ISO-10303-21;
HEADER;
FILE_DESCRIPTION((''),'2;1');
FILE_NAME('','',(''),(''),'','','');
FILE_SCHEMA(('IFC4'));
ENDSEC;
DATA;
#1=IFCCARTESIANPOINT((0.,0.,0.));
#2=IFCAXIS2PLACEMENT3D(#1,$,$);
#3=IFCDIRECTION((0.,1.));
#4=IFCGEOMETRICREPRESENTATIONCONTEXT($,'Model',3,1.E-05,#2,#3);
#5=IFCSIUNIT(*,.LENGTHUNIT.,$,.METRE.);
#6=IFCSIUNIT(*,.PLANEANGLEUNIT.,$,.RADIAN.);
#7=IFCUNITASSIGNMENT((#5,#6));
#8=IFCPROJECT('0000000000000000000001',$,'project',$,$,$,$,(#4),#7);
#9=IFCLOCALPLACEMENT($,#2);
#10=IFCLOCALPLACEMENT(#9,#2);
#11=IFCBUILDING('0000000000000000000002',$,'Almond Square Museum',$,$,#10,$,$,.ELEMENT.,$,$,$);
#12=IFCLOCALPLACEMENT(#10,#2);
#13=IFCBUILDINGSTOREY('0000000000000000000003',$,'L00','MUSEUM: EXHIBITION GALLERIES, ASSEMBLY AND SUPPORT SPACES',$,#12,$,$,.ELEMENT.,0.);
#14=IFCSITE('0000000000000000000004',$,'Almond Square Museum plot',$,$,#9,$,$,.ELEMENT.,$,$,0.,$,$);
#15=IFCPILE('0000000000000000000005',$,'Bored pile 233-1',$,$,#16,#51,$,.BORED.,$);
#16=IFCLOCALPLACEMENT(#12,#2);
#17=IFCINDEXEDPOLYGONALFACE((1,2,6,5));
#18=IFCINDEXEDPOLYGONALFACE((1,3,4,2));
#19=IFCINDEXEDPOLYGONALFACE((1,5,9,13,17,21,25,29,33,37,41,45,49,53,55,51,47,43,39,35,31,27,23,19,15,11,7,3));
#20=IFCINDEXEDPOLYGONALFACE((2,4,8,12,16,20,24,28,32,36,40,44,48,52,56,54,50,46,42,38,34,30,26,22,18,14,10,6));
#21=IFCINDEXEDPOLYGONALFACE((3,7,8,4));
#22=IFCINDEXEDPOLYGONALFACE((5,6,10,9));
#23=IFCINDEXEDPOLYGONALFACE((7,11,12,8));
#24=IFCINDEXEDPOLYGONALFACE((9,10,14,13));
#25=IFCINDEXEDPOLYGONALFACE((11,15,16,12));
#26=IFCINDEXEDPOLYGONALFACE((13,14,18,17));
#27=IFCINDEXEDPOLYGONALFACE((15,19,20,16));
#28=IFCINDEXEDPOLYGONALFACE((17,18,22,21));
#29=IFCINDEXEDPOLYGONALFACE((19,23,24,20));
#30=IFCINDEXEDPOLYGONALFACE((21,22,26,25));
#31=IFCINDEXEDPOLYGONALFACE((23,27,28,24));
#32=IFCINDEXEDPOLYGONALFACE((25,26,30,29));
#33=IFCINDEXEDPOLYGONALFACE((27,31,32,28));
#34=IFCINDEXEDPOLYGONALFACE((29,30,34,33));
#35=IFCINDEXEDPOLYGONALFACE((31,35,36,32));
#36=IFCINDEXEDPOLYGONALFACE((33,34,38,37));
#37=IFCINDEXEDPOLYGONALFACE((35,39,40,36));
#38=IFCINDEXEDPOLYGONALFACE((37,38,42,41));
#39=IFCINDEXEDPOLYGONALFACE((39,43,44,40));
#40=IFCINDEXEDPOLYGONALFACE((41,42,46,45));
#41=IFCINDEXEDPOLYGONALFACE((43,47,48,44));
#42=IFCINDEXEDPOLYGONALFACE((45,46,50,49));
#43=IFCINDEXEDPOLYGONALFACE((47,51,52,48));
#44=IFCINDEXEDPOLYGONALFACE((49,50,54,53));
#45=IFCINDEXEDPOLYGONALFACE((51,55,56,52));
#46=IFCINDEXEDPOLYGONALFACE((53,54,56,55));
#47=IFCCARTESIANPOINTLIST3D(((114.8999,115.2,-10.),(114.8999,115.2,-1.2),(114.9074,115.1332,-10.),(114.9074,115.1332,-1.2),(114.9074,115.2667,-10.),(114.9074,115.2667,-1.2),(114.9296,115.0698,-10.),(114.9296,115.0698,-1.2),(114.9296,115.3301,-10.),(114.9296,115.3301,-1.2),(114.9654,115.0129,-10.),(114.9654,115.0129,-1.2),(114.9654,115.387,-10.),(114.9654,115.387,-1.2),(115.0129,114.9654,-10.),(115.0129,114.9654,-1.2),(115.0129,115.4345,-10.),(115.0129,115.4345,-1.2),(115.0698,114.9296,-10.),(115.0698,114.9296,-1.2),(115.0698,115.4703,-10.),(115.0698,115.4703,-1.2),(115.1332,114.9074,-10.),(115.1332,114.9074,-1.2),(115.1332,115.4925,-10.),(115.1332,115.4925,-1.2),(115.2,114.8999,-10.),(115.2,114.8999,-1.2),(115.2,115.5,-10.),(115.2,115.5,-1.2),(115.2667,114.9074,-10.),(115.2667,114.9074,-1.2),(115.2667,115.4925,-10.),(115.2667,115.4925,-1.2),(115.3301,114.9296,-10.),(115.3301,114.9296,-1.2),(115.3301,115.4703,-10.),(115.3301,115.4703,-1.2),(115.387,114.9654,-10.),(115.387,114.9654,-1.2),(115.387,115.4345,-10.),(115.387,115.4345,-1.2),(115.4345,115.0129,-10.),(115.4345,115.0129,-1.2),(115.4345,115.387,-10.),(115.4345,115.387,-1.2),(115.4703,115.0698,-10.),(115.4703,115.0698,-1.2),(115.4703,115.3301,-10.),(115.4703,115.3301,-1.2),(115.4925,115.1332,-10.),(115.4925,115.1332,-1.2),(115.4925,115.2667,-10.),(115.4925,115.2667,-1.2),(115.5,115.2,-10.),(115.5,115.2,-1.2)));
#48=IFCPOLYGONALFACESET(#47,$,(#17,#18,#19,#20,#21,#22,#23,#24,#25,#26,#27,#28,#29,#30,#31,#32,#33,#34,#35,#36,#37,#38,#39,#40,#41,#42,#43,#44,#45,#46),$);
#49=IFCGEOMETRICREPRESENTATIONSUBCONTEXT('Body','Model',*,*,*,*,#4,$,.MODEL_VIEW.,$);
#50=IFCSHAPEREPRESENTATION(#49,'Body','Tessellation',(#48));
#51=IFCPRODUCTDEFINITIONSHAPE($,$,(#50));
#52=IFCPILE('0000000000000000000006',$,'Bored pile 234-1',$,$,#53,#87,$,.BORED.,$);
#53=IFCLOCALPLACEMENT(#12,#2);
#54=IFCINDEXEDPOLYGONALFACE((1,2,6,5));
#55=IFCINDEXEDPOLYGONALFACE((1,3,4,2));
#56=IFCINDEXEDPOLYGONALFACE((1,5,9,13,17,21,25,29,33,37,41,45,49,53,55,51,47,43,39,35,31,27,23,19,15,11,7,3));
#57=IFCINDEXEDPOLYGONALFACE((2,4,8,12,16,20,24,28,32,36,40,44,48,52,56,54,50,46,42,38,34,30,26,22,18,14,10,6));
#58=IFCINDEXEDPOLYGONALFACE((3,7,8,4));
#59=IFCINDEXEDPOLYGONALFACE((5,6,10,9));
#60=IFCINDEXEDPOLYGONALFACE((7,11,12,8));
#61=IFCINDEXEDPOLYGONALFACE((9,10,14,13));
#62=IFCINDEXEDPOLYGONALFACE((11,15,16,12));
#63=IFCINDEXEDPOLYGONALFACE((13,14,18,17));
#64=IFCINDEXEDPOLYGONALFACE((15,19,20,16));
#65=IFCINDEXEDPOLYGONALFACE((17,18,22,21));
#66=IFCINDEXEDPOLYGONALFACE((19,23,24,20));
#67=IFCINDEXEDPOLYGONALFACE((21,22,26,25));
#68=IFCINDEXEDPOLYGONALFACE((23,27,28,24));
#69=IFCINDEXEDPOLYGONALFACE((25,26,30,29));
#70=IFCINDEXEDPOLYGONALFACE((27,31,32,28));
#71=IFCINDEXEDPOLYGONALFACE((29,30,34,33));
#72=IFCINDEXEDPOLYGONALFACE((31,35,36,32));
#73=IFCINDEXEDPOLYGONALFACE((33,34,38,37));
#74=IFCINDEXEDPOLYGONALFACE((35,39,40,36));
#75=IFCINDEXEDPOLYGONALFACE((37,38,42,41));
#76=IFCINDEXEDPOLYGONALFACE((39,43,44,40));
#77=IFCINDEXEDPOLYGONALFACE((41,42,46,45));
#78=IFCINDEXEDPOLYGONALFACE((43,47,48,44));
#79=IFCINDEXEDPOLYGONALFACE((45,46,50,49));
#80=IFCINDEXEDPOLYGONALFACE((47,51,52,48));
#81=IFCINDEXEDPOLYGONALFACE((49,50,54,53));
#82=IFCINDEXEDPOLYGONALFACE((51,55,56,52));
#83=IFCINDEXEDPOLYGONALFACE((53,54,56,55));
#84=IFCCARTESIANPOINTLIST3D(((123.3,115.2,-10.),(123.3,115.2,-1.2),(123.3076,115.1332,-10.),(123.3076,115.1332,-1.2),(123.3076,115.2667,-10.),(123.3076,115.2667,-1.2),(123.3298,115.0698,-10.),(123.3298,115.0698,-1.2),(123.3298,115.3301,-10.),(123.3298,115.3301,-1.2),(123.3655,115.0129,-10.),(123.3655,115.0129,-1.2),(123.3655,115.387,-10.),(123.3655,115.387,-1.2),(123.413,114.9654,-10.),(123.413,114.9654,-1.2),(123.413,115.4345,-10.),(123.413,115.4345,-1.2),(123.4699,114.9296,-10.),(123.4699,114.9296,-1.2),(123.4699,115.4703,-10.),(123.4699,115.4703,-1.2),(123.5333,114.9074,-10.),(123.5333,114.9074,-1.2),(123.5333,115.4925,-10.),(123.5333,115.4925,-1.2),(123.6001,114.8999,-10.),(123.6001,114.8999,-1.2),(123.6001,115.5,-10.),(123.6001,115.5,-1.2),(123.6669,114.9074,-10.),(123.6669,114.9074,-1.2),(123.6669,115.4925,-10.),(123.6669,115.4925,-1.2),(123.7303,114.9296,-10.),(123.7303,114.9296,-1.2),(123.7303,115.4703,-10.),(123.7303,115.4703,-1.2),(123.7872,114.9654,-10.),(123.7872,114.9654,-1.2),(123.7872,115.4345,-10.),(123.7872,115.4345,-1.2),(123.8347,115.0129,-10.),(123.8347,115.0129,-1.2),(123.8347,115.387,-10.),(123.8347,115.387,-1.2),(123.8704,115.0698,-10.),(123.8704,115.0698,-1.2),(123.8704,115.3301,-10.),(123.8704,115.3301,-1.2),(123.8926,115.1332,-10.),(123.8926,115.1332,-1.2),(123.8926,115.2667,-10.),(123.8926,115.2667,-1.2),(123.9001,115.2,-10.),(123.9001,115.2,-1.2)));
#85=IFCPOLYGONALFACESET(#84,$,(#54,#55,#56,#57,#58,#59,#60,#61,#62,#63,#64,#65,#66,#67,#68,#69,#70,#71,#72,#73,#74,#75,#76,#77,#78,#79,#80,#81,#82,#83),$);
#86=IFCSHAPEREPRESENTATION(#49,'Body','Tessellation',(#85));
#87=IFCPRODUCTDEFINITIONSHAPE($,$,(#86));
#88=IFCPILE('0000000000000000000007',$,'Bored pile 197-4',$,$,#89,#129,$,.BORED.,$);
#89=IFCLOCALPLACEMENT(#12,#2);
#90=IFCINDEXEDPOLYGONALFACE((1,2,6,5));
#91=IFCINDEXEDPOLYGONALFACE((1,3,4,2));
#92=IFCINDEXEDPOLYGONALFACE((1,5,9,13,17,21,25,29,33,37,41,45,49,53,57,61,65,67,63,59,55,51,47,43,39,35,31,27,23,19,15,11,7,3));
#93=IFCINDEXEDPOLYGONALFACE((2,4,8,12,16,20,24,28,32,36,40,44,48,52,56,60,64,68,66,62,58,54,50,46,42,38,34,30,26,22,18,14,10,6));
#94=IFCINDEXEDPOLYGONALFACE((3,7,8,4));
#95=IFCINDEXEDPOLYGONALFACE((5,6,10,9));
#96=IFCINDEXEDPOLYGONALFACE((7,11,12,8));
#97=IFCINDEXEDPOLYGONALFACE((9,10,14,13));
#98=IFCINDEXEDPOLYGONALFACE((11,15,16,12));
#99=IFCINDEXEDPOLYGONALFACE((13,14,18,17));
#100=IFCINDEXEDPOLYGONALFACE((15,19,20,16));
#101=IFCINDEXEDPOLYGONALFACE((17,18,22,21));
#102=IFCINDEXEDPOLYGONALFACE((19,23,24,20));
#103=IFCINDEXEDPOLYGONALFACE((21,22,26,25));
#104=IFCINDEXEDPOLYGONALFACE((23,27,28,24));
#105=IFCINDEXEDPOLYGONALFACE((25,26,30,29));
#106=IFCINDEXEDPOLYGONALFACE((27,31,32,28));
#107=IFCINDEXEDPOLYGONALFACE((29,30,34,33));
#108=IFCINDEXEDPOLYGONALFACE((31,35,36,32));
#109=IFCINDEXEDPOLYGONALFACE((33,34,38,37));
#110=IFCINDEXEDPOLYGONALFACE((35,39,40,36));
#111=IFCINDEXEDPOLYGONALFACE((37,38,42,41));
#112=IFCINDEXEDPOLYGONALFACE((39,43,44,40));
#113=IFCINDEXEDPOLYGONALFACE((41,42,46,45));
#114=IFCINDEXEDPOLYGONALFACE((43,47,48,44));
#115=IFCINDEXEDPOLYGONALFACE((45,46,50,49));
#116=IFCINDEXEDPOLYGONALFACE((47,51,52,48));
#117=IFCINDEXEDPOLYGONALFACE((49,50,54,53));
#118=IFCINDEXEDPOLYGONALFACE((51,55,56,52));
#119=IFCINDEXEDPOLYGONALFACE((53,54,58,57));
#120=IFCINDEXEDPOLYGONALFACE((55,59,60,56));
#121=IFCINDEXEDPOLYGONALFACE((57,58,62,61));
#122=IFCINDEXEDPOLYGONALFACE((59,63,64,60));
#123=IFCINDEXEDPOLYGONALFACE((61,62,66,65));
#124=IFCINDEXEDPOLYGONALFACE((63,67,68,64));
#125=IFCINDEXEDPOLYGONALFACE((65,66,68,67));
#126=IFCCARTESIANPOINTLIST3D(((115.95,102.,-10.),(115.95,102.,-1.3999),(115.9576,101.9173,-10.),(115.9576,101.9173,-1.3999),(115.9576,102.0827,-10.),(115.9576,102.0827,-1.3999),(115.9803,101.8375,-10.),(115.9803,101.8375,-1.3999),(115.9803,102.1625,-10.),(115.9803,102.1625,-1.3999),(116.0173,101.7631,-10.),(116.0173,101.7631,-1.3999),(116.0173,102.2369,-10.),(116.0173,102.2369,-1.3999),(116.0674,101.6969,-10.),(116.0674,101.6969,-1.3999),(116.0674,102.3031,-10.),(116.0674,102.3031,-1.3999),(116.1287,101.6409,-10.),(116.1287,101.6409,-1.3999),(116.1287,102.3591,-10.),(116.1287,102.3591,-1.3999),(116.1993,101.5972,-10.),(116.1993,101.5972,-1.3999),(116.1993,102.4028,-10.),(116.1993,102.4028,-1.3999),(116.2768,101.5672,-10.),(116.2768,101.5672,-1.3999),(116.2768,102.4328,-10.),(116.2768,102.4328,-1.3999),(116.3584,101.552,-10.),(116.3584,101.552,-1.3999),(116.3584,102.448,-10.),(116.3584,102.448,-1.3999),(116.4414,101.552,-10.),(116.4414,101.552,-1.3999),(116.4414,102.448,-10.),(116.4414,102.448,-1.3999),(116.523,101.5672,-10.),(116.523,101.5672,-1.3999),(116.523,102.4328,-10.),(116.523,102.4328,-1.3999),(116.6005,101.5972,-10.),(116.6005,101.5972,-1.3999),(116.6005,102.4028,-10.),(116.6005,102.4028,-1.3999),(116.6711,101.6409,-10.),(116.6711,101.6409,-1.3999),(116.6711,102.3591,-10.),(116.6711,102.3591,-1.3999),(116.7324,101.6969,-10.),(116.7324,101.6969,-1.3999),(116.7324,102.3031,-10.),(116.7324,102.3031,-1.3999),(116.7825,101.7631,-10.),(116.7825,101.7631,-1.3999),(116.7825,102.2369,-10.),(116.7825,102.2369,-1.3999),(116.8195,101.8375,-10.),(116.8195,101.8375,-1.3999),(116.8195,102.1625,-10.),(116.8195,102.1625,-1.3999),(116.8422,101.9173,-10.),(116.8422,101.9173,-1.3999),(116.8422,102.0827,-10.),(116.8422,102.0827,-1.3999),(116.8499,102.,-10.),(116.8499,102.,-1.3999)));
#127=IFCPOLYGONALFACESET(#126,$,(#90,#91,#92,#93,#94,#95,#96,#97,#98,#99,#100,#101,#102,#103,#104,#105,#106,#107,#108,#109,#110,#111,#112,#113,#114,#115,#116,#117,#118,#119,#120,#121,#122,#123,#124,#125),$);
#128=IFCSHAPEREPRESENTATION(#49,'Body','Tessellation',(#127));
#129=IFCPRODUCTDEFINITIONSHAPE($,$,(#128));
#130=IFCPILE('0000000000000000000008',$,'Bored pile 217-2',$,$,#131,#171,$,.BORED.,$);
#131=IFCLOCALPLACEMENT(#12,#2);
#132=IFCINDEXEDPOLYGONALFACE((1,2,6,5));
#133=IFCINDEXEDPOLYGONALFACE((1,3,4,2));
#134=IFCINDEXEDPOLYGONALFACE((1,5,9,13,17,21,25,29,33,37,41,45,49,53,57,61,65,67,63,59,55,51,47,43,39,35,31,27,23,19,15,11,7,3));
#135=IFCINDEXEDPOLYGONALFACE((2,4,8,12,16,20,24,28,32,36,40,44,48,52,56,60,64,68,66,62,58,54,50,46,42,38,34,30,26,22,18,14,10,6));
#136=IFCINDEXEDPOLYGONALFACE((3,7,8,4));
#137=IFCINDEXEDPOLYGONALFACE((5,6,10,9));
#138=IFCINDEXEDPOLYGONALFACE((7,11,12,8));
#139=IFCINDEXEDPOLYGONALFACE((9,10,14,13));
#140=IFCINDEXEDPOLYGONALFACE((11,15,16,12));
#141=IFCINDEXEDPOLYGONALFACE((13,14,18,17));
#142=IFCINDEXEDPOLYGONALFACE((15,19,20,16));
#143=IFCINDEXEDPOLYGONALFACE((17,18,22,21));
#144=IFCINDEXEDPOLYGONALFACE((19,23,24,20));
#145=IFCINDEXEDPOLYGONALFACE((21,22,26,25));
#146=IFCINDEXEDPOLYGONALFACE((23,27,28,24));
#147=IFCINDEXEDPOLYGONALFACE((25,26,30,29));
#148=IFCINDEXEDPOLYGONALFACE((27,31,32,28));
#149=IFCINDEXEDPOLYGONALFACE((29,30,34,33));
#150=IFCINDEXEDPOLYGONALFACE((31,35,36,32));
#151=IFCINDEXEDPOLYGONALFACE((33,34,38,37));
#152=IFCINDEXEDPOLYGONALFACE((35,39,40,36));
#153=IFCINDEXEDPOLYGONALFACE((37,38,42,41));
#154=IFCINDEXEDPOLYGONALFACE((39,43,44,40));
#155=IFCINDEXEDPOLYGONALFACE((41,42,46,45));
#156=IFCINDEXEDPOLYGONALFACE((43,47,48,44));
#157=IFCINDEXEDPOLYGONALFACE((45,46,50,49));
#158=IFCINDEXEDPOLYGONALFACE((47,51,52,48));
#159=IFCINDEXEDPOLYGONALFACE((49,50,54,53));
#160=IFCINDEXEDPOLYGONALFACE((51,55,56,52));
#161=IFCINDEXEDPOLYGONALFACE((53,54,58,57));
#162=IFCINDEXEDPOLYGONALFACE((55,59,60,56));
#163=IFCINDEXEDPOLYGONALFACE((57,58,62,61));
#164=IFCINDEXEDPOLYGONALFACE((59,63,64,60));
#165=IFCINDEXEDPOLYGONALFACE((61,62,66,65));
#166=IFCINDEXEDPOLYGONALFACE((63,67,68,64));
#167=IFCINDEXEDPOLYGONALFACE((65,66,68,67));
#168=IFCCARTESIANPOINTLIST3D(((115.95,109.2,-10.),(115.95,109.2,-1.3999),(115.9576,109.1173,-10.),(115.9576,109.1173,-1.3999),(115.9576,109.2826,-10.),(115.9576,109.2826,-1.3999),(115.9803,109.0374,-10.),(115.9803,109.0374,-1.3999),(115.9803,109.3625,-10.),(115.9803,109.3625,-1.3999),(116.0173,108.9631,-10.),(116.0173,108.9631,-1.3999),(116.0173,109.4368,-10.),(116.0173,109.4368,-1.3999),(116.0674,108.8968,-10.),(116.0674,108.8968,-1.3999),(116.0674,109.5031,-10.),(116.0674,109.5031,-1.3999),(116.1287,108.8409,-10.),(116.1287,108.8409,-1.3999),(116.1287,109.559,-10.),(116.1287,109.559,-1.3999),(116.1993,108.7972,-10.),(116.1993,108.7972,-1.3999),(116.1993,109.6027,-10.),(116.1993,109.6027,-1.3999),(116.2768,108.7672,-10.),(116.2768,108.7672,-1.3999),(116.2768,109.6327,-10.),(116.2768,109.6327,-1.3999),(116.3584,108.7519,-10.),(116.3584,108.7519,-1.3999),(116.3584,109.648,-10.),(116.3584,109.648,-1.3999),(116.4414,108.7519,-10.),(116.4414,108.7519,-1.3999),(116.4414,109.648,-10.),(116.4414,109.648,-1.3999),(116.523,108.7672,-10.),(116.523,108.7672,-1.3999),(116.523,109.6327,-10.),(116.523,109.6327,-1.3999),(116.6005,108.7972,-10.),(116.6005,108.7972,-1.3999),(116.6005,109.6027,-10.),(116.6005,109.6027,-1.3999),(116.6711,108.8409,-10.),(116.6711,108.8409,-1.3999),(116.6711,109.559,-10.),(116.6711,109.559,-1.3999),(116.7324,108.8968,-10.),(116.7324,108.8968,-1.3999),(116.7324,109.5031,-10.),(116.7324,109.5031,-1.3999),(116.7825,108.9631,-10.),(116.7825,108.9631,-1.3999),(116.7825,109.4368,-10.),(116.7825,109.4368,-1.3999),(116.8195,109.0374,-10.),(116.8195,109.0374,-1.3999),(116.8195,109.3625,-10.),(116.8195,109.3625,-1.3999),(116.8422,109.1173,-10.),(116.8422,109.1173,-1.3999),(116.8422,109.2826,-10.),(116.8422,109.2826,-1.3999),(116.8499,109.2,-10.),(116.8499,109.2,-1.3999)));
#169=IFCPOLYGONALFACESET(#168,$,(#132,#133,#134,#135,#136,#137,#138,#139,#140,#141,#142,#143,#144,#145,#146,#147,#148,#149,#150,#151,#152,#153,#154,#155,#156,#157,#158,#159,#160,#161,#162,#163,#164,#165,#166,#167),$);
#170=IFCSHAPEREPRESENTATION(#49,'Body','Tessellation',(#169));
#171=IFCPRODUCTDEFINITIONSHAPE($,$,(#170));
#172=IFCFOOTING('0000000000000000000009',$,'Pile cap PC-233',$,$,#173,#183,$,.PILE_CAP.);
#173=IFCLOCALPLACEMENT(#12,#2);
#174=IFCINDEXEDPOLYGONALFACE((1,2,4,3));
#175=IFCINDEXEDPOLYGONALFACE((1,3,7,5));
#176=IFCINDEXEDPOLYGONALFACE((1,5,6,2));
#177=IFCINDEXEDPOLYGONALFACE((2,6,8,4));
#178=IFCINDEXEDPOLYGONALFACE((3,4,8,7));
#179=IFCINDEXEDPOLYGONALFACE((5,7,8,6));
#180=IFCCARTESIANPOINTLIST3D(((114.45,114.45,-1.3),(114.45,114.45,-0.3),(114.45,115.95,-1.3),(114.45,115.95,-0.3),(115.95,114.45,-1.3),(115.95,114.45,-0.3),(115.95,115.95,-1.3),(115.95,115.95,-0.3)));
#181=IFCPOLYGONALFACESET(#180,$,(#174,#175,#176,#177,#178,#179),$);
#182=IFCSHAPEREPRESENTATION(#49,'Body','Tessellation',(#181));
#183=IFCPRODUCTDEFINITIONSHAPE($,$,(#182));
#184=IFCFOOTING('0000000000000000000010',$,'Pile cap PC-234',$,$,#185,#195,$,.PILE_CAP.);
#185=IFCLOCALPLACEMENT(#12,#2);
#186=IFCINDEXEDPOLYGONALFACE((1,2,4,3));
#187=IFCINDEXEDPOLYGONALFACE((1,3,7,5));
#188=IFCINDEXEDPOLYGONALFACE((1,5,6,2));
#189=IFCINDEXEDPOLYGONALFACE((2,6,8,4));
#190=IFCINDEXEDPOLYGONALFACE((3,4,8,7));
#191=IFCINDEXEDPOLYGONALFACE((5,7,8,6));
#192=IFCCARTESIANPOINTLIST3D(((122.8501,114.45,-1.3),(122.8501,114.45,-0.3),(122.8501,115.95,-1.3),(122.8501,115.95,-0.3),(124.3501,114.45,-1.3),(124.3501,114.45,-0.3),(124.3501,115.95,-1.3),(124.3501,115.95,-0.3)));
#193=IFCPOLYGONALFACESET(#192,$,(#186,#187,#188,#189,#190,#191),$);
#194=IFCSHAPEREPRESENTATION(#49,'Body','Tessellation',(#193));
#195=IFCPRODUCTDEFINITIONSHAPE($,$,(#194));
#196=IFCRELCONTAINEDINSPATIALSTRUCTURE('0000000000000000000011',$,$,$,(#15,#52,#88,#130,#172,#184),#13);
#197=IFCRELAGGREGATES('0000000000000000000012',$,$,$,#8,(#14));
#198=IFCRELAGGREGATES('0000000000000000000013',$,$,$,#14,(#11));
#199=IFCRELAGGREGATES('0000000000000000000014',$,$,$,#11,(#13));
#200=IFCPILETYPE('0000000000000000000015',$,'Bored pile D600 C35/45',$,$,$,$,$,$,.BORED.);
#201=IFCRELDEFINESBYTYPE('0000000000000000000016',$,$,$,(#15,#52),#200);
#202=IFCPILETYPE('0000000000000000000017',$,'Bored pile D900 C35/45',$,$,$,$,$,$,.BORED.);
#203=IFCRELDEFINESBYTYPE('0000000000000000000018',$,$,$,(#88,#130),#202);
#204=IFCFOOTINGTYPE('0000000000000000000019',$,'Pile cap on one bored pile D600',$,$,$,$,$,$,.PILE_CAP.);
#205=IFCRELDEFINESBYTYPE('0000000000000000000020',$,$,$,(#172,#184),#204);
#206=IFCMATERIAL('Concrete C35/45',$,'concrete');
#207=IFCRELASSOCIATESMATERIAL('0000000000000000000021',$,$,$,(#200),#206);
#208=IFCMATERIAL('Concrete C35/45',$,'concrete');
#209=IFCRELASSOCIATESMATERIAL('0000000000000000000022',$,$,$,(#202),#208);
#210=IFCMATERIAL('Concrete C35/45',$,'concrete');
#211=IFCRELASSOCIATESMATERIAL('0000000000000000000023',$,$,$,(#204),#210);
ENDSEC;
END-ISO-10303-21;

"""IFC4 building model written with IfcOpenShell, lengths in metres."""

from ifc_helpers import new_model, si_unit, direction, frame, origin, origin_2d, place, context, subcontext, project, spatial, rectangle, circle, extrude, material, material_profile, profile_set, type_object, element, save


model = new_model("IFC4")

# Units and contexts
model_context = context("Model", 3, precision=1e-05, world=origin(), true_north=direction((0.0, 1.0)))
body_context = subcontext(model_context, "Body", "Model", "MODEL_VIEW")
ifc_project = project(units=[si_unit("LENGTHUNIT", "METRE"), si_unit("PLANEANGLEUNIT", "RADIAN")], contexts=[model_context])

# Site, building, storey
site_placement = place(None, origin())
site = spatial("IfcSite", under=ifc_project, at=site_placement, Name="Almond Square Museum plot", CompositionType="ELEMENT", RefElevation=0.0)
building_placement = place(site_placement, origin())
building = spatial("IfcBuilding", under=site, at=building_placement, Name="Almond Square Museum", CompositionType="ELEMENT")
storey_placement = place(building_placement, origin())
storey = spatial("IfcBuildingStorey", under=building, at=storey_placement, Name="L00", Description="MUSEUM: EXHIBITION GALLERIES, ASSEMBLY AND SUPPORT SPACES", CompositionType="ELEMENT", Elevation=0.0)

# Piles
ifc_material_1 = material(Name="Concrete C35/45", Category="concrete")
ifc_material_profile_1 = material_profile(ifc_material_1, circle(Radius=0.3, at=origin_2d()))
ifc_profile_set_1 = profile_set([ifc_material_profile_1], Name="Concrete C35/45")
pile_type_1 = type_object("IfcPileType", Name="Bored pile D600 C35/45", PredefinedType="BORED", material=ifc_profile_set_1)
for number, where, z_axis, x_axis, name in (
    (1, (115.2, 115.2, -1.2), (0.0, 0.0, -1.0), (1.0, 0.0, 0.0), "Bored pile 233-1"),
    (2, (123.6001, 115.2, -1.2), (0.0, 0.0, -1.0), (1.0, 0.0, 0.0), "Bored pile 234-1"),
):
    element("IfcPile", number, at=place(storey_placement, frame(where, z_axis=z_axis, x_axis=x_axis)), inside=storey, type_object=pile_type_1, Name=name, PredefinedType="BORED", context=body_context, shape_type="SweptSolid", body=[
        extrude(circle(Radius=0.3, at=origin_2d()), origin(), (0.0, 0.0, 1.0), 8.8),
    ])
ifc_material_2 = material(Name="Concrete C35/45", Category="concrete")
ifc_material_profile_2 = material_profile(ifc_material_2, circle(Radius=0.45, at=origin_2d()))
ifc_profile_set_2 = profile_set([ifc_material_profile_2], Name="Concrete C35/45")
pile_type_2 = type_object("IfcPileType", Name="Bored pile D900 C35/45", PredefinedType="BORED", material=ifc_profile_set_2)
for number, where, z_axis, x_axis, name in (
    (3, (116.3999, 102.0, -1.3999), (0.0, 0.0, -1.0), (1.0, 0.0, 0.0), "Bored pile 197-4"),
    (4, (116.3999, 109.2, -1.3999), (0.0, 0.0, -1.0), (1.0, 0.0, 0.0), "Bored pile 217-2"),
):
    element("IfcPile", number, at=place(storey_placement, frame(where, z_axis=z_axis, x_axis=x_axis)), inside=storey, type_object=pile_type_2, Name=name, PredefinedType="BORED", context=body_context, shape_type="SweptSolid", body=[
        extrude(circle(Radius=0.45, at=origin_2d()), origin(), (0.0, 0.0, 1.0), 8.6001),
    ])

# Footings
ifc_material_3 = material(Name="Concrete C35/45", Category="concrete")
footing_type_1 = type_object("IfcFootingType", Name="Pile cap on one bored pile D600", PredefinedType="PILE_CAP", material=ifc_material_3)
for number, where, z_axis, x_axis, name in (
    (5, (115.2, 115.2, -1.3), (0.0, 0.0, 1.0), (1.0, 0.0, 0.0), "Pile cap PC-233"),
    (6, (123.6001, 115.2, -1.3), (0.0, 0.0, 1.0), (1.0, 0.0, 0.0), "Pile cap PC-234"),
):
    element("IfcFooting", number, at=place(storey_placement, frame(where, z_axis=z_axis, x_axis=x_axis)), inside=storey, type_object=footing_type_1, Name=name, PredefinedType="PILE_CAP", context=body_context, shape_type="SweptSolid", body=[
        extrude(rectangle(XDim=1.5, YDim=1.5, at=origin_2d()), origin(), (0.0, 0.0, 1.0), 1.0),
    ])

save(model, "model.ifc")
